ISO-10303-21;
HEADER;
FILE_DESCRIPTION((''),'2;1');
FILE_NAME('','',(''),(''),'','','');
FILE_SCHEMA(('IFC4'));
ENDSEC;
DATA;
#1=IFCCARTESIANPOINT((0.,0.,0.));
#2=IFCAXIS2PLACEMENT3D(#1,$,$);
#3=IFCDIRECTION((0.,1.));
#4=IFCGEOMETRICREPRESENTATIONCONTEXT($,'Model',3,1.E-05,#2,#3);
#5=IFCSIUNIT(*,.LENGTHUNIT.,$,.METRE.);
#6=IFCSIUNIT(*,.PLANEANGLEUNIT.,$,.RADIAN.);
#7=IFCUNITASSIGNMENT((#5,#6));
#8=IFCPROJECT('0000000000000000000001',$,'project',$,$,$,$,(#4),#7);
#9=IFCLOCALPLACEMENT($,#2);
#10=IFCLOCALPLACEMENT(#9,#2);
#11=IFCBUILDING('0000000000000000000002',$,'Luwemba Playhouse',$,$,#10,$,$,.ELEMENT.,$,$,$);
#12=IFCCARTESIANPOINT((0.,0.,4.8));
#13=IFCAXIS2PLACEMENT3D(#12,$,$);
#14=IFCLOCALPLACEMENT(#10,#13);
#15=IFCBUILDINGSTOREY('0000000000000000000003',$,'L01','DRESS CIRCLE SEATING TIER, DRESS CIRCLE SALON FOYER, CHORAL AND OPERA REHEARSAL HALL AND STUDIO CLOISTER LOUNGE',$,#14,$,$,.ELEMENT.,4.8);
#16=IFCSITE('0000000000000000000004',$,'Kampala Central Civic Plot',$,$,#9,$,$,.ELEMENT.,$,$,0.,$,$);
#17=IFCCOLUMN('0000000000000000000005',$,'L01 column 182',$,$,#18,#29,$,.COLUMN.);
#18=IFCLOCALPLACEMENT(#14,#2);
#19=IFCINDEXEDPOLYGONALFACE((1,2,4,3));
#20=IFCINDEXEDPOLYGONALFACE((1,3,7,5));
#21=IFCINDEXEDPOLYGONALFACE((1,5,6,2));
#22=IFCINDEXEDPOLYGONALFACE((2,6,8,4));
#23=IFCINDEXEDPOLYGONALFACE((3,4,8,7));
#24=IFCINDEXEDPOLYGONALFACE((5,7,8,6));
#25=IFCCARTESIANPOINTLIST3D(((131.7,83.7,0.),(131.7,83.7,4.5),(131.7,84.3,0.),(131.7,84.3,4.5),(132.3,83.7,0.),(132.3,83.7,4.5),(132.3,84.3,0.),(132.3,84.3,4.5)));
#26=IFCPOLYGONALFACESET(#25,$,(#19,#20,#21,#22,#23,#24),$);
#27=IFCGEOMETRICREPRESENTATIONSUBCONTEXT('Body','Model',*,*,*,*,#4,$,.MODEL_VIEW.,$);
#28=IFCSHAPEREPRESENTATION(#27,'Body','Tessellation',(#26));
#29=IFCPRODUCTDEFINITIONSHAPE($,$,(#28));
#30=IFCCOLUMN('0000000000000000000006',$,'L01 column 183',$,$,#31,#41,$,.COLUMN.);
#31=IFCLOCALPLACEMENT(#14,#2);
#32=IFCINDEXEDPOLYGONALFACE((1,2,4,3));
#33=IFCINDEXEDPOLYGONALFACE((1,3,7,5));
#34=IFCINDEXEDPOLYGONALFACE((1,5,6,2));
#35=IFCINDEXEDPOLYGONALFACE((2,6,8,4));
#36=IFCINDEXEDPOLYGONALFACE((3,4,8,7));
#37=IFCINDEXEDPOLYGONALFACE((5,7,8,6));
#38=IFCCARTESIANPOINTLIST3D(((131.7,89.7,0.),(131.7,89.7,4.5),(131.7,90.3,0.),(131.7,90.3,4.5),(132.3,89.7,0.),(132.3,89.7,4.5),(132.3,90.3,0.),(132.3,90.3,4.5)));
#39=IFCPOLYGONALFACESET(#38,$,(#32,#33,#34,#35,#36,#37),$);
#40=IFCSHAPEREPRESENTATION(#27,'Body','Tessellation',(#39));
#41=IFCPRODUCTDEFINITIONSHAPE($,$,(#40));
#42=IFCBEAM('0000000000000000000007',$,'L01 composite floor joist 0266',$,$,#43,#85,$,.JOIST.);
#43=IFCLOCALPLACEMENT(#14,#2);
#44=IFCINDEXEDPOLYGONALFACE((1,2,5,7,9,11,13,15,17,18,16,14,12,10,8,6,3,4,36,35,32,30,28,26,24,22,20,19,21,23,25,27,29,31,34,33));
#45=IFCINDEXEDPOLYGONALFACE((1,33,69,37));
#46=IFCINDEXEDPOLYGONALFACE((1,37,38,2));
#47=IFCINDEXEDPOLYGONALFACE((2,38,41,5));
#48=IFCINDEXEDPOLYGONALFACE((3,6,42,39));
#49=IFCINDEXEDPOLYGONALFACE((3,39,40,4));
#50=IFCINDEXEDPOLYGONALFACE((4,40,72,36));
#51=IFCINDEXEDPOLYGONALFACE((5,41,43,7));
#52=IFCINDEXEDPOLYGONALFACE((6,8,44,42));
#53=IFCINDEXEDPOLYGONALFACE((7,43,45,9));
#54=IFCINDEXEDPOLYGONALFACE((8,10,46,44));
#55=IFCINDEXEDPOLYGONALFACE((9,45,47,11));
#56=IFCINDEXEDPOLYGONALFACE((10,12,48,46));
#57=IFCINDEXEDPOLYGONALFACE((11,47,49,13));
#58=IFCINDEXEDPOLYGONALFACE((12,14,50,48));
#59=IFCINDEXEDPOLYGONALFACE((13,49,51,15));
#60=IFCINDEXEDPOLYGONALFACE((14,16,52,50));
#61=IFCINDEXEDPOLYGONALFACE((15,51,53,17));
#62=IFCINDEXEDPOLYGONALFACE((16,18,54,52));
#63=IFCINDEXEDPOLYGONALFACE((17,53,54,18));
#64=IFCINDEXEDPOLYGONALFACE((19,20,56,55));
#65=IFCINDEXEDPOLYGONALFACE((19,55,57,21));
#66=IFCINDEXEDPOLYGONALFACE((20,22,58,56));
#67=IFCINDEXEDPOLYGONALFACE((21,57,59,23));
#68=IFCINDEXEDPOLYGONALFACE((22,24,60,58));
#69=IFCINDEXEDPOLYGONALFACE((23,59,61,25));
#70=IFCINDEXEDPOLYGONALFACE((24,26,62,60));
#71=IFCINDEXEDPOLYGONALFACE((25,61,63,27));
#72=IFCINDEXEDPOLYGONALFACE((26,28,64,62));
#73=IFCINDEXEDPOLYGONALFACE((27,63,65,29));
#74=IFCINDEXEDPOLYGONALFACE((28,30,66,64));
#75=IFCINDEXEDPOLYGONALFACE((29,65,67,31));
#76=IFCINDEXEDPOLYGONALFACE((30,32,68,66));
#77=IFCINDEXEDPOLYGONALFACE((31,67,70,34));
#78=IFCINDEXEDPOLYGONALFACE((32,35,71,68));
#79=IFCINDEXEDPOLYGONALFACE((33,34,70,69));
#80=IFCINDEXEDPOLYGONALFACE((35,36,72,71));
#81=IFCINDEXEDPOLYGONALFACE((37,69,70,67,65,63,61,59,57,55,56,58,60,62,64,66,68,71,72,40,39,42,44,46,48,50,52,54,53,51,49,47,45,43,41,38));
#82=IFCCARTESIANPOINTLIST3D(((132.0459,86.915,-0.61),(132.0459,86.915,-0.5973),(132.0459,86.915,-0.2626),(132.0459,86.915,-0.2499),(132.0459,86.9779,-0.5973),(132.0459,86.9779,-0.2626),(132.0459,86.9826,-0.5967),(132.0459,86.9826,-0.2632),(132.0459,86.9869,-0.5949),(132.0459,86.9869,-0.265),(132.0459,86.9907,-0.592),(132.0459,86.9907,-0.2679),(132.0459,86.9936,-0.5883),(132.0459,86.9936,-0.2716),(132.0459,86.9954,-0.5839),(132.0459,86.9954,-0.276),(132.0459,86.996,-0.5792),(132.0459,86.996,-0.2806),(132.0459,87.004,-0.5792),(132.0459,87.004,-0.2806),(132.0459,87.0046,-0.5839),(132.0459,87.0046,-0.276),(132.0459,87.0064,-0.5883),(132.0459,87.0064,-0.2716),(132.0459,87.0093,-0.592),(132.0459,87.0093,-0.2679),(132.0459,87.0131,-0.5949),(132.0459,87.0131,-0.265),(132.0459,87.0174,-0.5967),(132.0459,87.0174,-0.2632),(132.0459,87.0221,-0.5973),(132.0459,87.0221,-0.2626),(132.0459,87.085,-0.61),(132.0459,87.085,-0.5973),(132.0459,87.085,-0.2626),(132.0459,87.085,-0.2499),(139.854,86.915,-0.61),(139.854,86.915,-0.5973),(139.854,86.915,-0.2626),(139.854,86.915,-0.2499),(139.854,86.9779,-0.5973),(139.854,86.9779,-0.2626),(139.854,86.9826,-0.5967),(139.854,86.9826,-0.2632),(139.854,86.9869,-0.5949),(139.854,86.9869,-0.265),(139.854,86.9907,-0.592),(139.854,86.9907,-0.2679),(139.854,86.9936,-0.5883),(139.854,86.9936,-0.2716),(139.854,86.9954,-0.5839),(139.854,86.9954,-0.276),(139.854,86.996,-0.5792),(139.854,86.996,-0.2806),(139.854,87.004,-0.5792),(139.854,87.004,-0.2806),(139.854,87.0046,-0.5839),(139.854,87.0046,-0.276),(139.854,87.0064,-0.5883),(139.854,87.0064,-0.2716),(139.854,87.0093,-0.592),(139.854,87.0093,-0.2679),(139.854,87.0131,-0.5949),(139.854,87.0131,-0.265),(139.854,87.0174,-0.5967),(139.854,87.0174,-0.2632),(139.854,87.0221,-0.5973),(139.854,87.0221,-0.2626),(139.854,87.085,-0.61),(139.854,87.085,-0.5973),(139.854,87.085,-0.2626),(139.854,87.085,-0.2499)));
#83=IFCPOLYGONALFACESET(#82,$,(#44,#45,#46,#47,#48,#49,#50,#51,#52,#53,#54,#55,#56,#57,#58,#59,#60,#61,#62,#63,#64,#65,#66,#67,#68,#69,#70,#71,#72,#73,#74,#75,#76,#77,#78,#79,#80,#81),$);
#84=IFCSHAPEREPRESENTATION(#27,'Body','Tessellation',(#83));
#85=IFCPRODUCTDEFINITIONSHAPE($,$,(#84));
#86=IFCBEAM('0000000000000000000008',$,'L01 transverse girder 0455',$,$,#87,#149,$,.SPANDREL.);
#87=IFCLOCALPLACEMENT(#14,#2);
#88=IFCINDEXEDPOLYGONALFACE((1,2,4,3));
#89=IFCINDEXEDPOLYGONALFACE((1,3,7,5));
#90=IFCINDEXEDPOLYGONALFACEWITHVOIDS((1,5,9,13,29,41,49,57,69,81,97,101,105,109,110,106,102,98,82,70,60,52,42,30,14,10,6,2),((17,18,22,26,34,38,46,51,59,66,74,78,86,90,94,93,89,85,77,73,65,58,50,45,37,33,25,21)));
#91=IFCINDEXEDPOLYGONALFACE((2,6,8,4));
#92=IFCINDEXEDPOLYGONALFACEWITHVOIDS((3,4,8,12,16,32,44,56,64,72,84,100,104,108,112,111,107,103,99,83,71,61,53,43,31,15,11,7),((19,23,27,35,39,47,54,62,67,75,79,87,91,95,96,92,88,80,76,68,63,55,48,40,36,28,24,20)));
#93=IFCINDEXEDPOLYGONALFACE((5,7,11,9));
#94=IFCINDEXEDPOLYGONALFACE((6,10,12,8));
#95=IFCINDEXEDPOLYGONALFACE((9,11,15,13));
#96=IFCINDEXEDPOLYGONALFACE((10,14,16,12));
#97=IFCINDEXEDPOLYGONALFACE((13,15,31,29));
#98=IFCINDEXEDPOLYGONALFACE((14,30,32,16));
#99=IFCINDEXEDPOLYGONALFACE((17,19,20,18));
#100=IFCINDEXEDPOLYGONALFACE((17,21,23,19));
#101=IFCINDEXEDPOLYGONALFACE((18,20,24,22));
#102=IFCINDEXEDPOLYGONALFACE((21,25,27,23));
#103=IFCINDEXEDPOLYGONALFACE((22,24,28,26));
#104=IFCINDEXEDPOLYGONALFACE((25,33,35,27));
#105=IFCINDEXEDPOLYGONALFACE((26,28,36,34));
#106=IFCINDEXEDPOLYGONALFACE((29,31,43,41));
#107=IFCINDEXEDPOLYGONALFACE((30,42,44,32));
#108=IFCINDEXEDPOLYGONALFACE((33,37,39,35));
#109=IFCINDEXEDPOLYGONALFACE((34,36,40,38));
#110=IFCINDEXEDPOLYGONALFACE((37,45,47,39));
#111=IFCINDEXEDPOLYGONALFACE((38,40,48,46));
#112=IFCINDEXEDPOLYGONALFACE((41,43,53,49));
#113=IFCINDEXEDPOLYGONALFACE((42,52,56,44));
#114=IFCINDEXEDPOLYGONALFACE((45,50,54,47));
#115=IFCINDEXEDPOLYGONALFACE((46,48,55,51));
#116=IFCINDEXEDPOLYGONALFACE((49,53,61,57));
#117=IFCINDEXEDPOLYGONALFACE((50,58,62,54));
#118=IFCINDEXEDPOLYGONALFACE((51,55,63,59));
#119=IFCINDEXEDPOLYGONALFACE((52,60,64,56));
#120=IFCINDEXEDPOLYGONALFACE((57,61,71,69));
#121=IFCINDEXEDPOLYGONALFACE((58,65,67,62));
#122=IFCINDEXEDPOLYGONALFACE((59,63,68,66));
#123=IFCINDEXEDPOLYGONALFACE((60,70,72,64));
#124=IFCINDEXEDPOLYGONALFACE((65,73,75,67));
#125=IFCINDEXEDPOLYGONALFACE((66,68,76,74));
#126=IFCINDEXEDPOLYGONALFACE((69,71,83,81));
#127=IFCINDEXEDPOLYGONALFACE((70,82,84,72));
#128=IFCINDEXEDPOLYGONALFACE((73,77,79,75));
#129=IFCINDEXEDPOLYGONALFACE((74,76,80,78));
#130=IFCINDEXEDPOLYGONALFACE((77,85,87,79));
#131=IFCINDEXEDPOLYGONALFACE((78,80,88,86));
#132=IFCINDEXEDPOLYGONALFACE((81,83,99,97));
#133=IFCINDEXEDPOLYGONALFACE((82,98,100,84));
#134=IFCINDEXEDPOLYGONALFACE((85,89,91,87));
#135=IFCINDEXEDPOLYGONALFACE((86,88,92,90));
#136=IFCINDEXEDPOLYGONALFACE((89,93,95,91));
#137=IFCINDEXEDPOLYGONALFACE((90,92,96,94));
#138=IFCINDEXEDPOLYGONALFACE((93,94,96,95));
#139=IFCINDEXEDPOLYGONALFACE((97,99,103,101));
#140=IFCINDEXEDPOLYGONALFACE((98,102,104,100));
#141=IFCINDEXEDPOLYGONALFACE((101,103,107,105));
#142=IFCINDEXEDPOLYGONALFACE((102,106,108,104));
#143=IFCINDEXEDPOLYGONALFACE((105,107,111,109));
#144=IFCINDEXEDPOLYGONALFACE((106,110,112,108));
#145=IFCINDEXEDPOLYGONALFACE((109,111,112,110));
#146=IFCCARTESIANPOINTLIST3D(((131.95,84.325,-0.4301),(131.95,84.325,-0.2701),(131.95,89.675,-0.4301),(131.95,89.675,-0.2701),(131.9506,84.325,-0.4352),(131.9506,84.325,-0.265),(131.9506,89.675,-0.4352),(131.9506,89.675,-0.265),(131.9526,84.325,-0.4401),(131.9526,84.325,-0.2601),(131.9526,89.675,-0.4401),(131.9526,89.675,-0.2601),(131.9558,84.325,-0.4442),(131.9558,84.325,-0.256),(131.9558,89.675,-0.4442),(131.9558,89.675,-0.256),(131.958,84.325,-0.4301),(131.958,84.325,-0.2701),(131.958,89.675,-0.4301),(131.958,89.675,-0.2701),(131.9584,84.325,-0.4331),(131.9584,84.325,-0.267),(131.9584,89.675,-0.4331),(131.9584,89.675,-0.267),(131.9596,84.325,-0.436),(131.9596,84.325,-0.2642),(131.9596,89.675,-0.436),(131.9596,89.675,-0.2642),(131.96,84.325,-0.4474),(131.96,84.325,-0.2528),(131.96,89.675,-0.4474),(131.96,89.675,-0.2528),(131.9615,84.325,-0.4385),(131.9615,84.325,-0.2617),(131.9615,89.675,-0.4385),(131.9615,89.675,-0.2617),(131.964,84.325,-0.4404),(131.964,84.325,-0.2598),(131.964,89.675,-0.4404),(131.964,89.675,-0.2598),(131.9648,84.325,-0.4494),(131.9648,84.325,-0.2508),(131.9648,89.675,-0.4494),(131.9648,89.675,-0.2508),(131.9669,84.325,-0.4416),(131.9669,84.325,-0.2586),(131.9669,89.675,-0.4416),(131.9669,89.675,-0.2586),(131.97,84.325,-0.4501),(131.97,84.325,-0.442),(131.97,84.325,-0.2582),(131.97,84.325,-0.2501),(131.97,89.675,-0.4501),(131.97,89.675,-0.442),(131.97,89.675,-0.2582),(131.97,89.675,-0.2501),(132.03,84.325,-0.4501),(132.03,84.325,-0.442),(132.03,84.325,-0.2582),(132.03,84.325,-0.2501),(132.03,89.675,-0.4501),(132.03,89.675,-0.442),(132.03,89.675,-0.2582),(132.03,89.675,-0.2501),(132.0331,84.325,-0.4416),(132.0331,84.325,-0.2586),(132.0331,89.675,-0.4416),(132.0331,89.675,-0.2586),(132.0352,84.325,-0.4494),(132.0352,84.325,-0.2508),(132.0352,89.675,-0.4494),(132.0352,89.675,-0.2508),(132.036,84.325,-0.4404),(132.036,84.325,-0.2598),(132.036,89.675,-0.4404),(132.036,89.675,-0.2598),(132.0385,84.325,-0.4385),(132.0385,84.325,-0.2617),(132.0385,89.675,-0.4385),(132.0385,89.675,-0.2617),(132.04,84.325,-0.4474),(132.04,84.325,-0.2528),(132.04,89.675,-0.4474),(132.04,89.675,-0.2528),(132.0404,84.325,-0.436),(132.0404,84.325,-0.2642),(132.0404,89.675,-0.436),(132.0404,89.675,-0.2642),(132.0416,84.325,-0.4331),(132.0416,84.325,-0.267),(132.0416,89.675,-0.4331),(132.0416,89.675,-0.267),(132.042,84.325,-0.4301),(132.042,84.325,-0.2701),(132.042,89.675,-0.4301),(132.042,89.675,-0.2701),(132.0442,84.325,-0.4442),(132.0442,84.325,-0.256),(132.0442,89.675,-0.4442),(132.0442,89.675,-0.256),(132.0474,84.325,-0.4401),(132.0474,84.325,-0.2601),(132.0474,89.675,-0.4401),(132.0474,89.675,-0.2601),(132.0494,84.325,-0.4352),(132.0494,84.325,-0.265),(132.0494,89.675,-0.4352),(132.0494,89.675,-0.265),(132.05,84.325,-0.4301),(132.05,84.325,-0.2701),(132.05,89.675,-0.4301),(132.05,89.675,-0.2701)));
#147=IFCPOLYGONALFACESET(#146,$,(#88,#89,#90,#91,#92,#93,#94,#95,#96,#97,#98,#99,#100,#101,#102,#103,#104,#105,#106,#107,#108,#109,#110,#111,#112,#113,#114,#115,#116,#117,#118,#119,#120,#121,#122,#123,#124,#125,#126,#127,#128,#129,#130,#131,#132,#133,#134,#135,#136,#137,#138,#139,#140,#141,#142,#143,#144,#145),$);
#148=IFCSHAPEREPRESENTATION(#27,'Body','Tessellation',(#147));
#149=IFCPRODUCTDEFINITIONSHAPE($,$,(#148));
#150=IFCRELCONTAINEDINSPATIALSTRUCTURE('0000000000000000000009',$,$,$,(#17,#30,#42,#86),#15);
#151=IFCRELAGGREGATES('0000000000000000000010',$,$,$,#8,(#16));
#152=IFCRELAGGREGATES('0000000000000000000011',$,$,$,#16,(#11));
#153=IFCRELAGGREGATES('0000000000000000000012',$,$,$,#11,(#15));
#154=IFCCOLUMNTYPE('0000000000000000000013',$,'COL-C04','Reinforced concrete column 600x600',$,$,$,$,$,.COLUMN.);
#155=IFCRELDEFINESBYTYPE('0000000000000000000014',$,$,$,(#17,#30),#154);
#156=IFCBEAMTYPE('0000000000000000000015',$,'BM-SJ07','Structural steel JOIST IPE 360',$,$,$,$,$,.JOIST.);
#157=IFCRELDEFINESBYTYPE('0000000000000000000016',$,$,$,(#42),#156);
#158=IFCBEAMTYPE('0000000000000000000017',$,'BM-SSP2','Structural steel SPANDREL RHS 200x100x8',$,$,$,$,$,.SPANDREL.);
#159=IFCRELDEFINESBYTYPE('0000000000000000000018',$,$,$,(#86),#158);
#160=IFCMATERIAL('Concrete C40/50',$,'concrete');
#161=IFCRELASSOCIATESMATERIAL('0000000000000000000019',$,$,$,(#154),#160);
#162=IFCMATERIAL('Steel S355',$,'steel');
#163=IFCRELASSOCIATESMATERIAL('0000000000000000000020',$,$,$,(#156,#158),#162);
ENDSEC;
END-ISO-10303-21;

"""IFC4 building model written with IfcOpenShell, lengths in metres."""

from ifc_helpers import new_model, si_unit, direction, frame, origin, origin_2d, place, context, subcontext, project, spatial, rectangle, hollow_rectangle, i_section, extrude, material, material_profile, profile_set, type_object, element, save


model = new_model("IFC4")

# Units and contexts
model_context = context("Model", 3, precision=1e-05, world=origin(), true_north=direction((0.0, 1.0)))
body_context = subcontext(model_context, "Body", "Model", "MODEL_VIEW")
ifc_project = project(units=[si_unit("LENGTHUNIT", "METRE"), si_unit("PLANEANGLEUNIT", "RADIAN")], contexts=[model_context])

# Site, building, storey
site_placement = place(None, origin())
site = spatial("IfcSite", under=ifc_project, at=site_placement, Name="Kampala Central Civic Plot", CompositionType="ELEMENT", RefElevation=0.0)
building_placement = place(site_placement, origin())
building = spatial("IfcBuilding", under=site, at=building_placement, Name="Luwemba Playhouse", CompositionType="ELEMENT")
storey_placement = place(building_placement, frame((0.0, 0.0, 4.8)))
storey = spatial("IfcBuildingStorey", under=building, at=storey_placement, Name="L01", Description="DRESS CIRCLE SEATING TIER, DRESS CIRCLE SALON FOYER, CHORAL AND OPERA REHEARSAL HALL AND STUDIO CLOISTER LOUNGE", CompositionType="ELEMENT", Elevation=4.8)

# Columns
ifc_material_1 = material(Name="Concrete C40/50", Category="concrete")
ifc_material_profile_1 = material_profile(ifc_material_1, rectangle(XDim=0.6001, YDim=0.6001, at=origin_2d()))
ifc_profile_set_1 = profile_set([ifc_material_profile_1], Name="Concrete C40/50")
column_type = type_object("IfcColumnType", Name="COL-C04", Description="Reinforced concrete column 600x600", PredefinedType="COLUMN", material=ifc_profile_set_1)
for number, where, z_axis, x_axis, name in (
    (1, (132.0, 84.0, 0.0), (0.0, 0.0, 1.0), (1.0, 0.0, 0.0), "L01 column 182"),
    (2, (132.0, 90.0, 0.0), (0.0, 0.0, 1.0), (1.0, 0.0, 0.0), "L01 column 183"),
):
    element("IfcColumn", number, at=place(storey_placement, frame(where, z_axis=z_axis, x_axis=x_axis)), inside=storey, type_object=column_type, Name=name, PredefinedType="COLUMN", context=body_context, shape_type="SweptSolid", body=[
        extrude(rectangle(XDim=0.6001, YDim=0.6001, at=origin_2d()), origin(), (0.0, 0.0, 1.0), 4.5),
    ])

# Beams
ifc_material_2 = material(Name="Steel S355", Category="steel")
ifc_material_profile_2 = material_profile(ifc_material_2, i_section(OverallWidth=0.1699, OverallDepth=0.3601, WebThickness=0.0081, FlangeThickness=0.0127, FilletRadius=0.0181, at=origin_2d()))
ifc_profile_set_2 = profile_set([ifc_material_profile_2], Name="Steel S355")
beam_type_1 = type_object("IfcBeamType", Name="BM-SJ07", Description="Structural steel JOIST IPE 360", PredefinedType="JOIST", material=ifc_profile_set_2)
beam_1_placement = place(storey_placement, frame((132.0459, 87.0, -0.4299), z_axis=(1.0, 0.0, 0.0), x_axis=(0.0, 1.0, 0.0)))
element("IfcBeam", 3, at=beam_1_placement, inside=storey, type_object=beam_type_1, Name="L01 composite floor joist 0266", PredefinedType="JOIST", context=body_context, shape_type="SweptSolid", body=[
    extrude(i_section(OverallWidth=0.1699, OverallDepth=0.3601, WebThickness=0.0081, FlangeThickness=0.0127, FilletRadius=0.0181, at=origin_2d()), origin(), (0.0, 0.0, 1.0), 7.8081),
])
ifc_material_profile_3 = material_profile(ifc_material_2, hollow_rectangle(XDim=0.1001, YDim=0.2, WallThickness=0.0081, InnerFilletRadius=0.012, OuterFilletRadius=0.02, at=origin_2d()))
ifc_profile_set_3 = profile_set([ifc_material_profile_3], Name="Steel S355")
beam_type_2 = type_object("IfcBeamType", Name="BM-SSP2", Description="Structural steel SPANDREL RHS 200x100x8", PredefinedType="SPANDREL", material=ifc_profile_set_3)
beam_2_placement = place(storey_placement, frame((132.0, 84.325, -0.3501), z_axis=(0.0, 1.0, 0.0), x_axis=(-1.0, 0.0, 0.0)))
element("IfcBeam", 4, at=beam_2_placement, inside=storey, type_object=beam_type_2, Name="L01 transverse girder 0455", PredefinedType="SPANDREL", context=body_context, shape_type="SweptSolid", body=[
    extrude(hollow_rectangle(XDim=0.1001, YDim=0.2, WallThickness=0.0081, InnerFilletRadius=0.012, OuterFilletRadius=0.02, at=origin_2d()), origin(), (0.0, 0.0, 1.0), 5.3501),
])

save(model, "model.ifc")
